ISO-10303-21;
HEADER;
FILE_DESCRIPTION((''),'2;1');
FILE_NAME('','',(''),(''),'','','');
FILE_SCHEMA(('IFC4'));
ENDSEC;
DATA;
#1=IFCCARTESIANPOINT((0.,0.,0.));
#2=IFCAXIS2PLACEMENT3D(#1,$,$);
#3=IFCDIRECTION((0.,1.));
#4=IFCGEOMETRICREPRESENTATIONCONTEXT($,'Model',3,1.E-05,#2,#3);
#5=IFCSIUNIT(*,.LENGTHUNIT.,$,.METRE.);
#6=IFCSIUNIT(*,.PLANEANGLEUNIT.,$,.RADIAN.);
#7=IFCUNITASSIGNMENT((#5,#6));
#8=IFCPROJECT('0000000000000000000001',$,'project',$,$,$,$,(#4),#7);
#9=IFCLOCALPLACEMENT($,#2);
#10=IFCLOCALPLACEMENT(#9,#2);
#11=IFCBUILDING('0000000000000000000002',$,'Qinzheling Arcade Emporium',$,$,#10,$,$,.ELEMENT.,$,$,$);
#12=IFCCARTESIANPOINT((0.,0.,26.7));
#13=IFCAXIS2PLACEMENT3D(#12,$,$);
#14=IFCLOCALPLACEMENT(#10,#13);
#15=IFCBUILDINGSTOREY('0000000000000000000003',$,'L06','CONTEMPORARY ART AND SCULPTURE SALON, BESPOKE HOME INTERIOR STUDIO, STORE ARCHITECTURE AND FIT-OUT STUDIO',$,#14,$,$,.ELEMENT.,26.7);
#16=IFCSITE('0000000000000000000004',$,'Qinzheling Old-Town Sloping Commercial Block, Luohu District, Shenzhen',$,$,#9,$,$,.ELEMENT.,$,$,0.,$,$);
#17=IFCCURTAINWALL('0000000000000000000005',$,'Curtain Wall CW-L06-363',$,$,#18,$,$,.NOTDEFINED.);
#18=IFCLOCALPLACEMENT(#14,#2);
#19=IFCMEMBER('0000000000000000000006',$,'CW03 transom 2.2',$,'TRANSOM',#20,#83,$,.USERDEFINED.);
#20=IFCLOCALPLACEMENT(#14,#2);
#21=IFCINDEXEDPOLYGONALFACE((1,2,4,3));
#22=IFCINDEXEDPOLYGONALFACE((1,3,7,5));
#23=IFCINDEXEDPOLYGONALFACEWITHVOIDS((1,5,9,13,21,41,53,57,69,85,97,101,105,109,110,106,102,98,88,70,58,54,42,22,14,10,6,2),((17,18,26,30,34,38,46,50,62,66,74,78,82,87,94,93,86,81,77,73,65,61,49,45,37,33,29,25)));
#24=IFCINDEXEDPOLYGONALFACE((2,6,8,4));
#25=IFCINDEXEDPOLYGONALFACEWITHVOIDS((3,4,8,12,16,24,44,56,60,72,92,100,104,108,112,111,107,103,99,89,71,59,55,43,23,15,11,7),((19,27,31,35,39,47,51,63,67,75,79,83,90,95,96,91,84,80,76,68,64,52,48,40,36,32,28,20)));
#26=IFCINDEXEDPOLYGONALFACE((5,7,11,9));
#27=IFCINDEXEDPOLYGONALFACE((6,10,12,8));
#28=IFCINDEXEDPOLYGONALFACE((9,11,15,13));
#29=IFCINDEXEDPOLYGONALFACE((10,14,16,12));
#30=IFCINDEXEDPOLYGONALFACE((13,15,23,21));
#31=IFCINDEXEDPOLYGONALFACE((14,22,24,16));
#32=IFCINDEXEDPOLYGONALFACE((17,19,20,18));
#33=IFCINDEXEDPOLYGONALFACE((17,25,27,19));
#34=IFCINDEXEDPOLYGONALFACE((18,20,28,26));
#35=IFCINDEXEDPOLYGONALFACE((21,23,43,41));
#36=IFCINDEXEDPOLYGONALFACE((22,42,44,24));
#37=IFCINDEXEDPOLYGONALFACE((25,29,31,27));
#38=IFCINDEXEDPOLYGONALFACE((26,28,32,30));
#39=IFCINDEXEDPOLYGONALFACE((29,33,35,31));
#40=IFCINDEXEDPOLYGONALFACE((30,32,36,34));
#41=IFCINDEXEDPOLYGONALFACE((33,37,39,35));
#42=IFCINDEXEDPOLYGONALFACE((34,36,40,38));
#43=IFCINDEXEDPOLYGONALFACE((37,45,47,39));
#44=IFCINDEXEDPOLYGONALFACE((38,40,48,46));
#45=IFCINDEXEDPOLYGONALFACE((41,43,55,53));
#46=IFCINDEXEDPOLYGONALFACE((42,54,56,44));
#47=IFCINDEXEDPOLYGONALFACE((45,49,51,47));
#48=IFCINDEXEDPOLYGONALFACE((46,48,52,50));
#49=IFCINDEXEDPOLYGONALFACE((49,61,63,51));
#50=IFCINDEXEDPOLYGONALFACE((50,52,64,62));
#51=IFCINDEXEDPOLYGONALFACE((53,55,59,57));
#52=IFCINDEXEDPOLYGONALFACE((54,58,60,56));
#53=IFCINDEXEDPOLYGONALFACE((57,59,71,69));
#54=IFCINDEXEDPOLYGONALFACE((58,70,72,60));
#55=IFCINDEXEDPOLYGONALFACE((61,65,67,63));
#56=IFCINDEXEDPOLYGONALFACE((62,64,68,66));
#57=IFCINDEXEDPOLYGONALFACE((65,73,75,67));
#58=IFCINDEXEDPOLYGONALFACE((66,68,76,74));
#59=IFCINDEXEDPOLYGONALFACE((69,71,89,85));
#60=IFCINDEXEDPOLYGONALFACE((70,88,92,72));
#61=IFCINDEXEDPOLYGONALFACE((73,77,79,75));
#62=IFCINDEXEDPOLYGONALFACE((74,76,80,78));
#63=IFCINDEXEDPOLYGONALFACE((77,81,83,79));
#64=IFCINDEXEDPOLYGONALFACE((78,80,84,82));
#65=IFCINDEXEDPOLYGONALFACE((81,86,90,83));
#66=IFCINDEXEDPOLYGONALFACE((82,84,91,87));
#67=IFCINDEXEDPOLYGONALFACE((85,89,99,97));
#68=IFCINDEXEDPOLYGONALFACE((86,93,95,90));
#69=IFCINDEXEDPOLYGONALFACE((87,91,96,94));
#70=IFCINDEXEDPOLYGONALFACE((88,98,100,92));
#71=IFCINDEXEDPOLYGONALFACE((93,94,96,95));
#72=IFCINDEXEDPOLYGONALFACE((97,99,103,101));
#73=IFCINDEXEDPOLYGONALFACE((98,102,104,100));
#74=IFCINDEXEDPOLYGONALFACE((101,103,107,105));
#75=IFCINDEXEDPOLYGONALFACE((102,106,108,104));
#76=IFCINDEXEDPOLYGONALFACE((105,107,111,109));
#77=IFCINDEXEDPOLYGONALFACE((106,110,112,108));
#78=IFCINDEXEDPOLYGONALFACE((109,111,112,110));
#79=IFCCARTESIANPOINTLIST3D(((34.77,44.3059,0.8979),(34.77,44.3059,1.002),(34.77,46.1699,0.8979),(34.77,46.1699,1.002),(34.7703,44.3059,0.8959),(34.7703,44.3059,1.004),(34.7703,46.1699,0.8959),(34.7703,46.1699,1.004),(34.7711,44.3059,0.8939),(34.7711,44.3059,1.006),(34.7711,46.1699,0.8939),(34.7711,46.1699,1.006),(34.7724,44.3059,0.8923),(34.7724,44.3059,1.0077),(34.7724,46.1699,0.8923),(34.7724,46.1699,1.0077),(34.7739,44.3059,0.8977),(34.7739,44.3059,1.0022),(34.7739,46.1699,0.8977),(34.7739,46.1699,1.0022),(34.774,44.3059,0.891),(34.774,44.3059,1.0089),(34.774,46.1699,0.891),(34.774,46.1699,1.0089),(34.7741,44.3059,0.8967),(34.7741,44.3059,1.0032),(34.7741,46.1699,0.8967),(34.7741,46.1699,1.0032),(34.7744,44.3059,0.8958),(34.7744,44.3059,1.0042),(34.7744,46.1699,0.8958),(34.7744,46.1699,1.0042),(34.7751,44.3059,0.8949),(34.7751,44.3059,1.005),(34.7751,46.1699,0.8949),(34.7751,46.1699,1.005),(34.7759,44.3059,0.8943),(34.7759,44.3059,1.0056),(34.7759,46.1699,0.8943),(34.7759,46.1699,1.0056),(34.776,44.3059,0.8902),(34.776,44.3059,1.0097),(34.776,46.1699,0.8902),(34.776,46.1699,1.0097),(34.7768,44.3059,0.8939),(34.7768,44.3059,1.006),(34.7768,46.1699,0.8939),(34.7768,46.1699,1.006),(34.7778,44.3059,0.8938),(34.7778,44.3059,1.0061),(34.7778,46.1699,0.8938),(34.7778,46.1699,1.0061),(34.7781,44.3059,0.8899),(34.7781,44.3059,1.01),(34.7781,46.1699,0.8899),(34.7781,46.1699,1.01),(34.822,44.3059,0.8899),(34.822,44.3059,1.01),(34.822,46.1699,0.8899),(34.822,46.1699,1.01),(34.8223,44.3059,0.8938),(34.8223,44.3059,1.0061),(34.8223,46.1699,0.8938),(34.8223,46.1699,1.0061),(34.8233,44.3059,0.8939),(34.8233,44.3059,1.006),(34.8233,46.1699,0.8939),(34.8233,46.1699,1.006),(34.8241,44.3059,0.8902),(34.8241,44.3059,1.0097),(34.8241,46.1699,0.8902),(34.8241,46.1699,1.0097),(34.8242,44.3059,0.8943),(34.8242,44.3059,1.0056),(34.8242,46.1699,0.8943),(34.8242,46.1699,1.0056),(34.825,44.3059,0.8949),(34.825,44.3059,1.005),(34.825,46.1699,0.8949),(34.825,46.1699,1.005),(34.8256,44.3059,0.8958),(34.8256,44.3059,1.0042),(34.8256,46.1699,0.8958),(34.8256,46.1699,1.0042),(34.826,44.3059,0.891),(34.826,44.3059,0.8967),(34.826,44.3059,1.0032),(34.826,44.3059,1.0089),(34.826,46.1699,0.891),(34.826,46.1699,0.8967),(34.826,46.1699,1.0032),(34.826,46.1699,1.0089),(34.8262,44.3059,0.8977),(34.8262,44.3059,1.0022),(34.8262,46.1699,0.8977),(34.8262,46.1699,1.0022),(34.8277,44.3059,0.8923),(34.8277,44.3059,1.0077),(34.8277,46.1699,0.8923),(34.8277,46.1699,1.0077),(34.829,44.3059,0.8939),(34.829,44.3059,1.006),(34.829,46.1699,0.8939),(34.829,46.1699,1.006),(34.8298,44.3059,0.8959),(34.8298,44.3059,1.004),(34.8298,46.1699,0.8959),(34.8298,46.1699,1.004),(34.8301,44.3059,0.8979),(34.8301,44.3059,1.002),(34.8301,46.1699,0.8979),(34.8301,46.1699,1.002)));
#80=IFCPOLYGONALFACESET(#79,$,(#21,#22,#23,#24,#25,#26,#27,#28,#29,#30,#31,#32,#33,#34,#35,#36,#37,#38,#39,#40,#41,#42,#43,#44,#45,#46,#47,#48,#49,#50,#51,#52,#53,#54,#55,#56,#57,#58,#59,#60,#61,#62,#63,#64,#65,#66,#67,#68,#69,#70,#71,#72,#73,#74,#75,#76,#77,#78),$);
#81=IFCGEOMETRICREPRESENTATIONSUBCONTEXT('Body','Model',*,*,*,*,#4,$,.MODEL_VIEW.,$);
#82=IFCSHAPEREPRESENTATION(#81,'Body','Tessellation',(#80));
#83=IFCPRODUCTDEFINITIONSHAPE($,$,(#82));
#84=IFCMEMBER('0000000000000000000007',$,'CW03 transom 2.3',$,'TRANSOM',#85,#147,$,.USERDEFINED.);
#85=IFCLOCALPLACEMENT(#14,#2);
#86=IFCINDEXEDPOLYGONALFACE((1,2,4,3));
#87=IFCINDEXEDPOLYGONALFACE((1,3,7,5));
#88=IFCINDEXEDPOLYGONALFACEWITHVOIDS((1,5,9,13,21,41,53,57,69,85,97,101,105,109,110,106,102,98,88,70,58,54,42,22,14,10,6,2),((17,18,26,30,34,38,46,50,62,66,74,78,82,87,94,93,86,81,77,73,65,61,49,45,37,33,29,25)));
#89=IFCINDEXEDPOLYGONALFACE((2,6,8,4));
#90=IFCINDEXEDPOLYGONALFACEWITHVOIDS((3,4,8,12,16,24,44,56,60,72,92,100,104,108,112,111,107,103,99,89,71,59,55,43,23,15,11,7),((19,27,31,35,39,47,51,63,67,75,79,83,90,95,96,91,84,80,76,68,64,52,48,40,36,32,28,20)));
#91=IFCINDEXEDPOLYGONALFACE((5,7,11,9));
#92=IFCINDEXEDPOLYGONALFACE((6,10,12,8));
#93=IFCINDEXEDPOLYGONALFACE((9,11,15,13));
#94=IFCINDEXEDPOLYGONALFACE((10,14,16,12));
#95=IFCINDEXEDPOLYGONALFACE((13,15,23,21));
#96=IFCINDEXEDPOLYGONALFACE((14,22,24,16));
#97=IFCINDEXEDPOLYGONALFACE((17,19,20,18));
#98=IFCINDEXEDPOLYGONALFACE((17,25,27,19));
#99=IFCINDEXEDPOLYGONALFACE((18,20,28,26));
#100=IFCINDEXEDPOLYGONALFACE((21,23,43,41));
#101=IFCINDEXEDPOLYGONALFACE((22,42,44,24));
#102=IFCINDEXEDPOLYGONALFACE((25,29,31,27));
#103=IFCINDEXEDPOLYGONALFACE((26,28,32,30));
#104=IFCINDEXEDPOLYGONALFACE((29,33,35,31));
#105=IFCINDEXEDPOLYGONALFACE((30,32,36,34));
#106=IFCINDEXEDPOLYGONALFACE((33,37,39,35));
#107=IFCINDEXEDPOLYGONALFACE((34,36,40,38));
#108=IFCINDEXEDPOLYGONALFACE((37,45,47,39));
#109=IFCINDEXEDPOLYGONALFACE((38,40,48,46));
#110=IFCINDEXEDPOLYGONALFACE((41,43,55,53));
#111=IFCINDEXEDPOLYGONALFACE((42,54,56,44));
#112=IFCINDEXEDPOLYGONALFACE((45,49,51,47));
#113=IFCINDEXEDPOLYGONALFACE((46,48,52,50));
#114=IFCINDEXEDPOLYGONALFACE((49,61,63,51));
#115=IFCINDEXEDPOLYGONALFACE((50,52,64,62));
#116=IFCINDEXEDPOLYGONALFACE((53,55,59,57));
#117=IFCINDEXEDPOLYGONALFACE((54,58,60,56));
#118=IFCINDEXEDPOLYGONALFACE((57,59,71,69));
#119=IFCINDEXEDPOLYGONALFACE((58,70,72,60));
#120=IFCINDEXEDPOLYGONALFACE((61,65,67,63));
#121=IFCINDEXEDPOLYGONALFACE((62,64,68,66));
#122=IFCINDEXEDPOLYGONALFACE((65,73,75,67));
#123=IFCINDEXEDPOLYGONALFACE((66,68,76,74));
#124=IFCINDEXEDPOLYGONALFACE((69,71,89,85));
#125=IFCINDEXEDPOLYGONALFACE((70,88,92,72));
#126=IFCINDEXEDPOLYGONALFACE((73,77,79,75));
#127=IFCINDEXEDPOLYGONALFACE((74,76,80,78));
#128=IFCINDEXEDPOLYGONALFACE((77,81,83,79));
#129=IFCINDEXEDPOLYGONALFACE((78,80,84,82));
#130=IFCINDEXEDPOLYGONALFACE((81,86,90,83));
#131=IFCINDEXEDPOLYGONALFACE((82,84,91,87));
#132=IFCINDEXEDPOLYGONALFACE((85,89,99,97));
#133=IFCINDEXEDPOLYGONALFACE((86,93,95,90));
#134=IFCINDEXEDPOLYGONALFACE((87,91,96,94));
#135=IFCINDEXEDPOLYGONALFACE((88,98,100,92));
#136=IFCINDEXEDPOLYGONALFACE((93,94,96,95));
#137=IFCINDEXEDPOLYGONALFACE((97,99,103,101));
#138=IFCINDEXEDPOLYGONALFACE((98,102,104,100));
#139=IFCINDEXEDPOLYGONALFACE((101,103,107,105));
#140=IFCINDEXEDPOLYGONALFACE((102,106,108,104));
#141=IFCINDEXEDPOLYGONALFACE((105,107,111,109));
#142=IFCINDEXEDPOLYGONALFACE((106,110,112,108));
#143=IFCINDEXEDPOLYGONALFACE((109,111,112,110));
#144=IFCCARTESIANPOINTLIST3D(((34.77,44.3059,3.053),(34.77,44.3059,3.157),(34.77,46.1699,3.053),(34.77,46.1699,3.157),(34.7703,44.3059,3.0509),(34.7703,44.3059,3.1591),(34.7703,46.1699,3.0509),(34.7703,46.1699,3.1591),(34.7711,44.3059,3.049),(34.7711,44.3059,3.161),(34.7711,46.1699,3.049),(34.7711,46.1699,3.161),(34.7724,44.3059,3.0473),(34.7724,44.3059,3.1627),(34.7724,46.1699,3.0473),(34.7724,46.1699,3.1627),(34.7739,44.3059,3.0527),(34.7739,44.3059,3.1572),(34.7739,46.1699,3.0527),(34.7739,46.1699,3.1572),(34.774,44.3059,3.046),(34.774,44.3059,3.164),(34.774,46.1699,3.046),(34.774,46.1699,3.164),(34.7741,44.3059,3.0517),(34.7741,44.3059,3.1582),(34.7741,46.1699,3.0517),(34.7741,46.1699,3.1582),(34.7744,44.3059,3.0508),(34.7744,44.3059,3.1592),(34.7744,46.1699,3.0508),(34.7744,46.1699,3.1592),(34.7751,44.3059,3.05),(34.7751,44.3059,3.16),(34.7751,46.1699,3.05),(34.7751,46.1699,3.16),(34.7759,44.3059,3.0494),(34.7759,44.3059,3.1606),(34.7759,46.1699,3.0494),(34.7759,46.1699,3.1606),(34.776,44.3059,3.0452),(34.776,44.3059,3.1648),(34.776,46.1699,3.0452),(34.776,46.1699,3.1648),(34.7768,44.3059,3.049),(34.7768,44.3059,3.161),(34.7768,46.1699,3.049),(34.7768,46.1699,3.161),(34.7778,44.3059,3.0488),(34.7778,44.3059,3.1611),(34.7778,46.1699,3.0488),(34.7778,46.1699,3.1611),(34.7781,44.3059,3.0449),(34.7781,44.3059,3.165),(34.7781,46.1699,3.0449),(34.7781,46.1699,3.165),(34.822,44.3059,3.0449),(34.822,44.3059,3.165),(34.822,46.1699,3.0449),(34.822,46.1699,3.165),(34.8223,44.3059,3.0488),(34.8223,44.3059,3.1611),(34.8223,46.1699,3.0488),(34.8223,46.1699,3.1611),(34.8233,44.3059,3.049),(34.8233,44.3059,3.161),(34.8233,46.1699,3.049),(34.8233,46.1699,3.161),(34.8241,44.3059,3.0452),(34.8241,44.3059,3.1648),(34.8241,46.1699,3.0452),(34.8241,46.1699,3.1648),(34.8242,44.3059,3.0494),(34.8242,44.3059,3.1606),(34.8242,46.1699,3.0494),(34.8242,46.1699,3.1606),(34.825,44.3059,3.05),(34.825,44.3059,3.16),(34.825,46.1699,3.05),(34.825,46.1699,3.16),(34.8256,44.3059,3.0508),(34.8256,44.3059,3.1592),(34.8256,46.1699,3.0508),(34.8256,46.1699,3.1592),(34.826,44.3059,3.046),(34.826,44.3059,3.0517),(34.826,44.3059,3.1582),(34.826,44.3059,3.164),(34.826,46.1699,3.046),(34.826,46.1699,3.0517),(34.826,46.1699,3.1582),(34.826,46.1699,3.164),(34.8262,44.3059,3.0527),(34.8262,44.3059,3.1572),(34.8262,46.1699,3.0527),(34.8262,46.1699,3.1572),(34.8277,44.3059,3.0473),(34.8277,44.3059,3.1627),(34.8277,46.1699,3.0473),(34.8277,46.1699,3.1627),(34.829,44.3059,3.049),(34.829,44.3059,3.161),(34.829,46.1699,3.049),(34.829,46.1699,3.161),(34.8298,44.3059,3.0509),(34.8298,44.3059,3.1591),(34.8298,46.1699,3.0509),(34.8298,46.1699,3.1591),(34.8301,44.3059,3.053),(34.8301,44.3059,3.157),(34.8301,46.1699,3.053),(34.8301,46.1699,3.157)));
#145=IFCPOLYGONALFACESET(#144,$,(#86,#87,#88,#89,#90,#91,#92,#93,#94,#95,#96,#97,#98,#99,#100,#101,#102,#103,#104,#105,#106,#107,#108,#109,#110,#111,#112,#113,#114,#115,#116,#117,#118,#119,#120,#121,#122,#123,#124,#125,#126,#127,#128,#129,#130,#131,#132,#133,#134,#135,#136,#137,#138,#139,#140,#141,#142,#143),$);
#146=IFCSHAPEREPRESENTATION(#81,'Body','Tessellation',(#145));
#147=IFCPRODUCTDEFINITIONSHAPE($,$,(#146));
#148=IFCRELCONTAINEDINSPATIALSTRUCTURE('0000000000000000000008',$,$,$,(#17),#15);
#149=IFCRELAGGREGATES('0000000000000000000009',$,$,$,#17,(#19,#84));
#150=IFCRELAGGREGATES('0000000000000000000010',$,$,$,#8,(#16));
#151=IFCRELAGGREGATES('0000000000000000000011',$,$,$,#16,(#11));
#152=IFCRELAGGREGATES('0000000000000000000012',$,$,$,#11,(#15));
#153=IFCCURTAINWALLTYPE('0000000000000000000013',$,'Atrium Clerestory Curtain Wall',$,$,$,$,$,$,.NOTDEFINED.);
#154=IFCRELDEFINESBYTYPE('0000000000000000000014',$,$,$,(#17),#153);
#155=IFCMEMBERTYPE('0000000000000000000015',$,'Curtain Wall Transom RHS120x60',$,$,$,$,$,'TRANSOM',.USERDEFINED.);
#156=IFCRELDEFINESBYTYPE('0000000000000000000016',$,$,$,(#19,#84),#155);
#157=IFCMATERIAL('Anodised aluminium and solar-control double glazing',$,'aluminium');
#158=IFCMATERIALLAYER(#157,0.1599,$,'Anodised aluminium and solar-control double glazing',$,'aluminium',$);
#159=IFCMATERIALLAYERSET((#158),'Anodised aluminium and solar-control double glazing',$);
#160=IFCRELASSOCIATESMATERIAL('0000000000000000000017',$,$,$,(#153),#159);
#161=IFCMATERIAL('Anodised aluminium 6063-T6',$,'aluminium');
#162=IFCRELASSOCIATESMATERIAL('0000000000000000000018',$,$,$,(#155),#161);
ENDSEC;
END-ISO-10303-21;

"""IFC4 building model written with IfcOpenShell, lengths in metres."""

from ifc_helpers import new_model, si_unit, direction, frame, origin, origin_2d, place, context, subcontext, project, spatial, hollow_rectangle, extrude, material, layer, layer_set, material_profile, profile_set, type_object, element, aggregate, save


model = new_model("IFC4")

# Units and contexts
model_context = context("Model", 3, precision=1e-05, world=origin(), true_north=direction((0.0, 1.0)))
body_context = subcontext(model_context, "Body", "Model", "MODEL_VIEW")
ifc_project = project(units=[si_unit("LENGTHUNIT", "METRE"), si_unit("PLANEANGLEUNIT", "RADIAN")], contexts=[model_context])

# Site, building, storey
site_placement = place(None, origin())
site = spatial("IfcSite", under=ifc_project, at=site_placement, Name="Qinzheling Old-Town Sloping Commercial Block, Luohu District, Shenzhen", CompositionType="ELEMENT", RefElevation=0.0)
building_placement = place(site_placement, origin())
building = spatial("IfcBuilding", under=site, at=building_placement, Name="Qinzheling Arcade Emporium", CompositionType="ELEMENT")
storey_placement = place(building_placement, frame((0.0, 0.0, 26.7)))
storey = spatial("IfcBuildingStorey", under=building, at=storey_placement, Name="L06", Description="CONTEMPORARY ART AND SCULPTURE SALON, BESPOKE HOME INTERIOR STUDIO, STORE ARCHITECTURE AND FIT-OUT STUDIO", CompositionType="ELEMENT", Elevation=26.7)

# Curtain wall, members
ifc_material_1 = material(Name="Anodised aluminium and solar-control double glazing", Category="aluminium")
ifc_layer_1 = layer(ifc_material_1, 0.1599, Name="Anodised aluminium and solar-control double glazing", Category="aluminium")
ifc_layer_set_1 = layer_set([ifc_layer_1], Name="Anodised aluminium and solar-control double glazing")
curtain_wall_type = type_object("IfcCurtainWallType", Name="Atrium Clerestory Curtain Wall", PredefinedType="NOTDEFINED", material=ifc_layer_set_1)
curtain_wall_placement = place(storey_placement, origin())
curtain_wall = element("IfcCurtainWall", 1, at=curtain_wall_placement, inside=storey, type_object=curtain_wall_type, Name="Curtain Wall CW-L06-363", PredefinedType="NOTDEFINED")
ifc_material_2 = material(Name="Anodised aluminium 6063-T6", Category="aluminium")
ifc_material_profile_1 = material_profile(ifc_material_2, hollow_rectangle(XDim=0.0601, YDim=0.1201, WallThickness=0.0039, InnerFilletRadius=0.0039, OuterFilletRadius=0.0081, at=origin_2d()), Name="RHS 120x60x4", Category="aluminium")
ifc_profile_set_1 = profile_set([ifc_material_profile_1], Name="Anodised aluminium 6063-T6")
member_type_1 = type_object("IfcMemberType", Name="Curtain Wall Transom RHS120x60", ElementType="TRANSOM", PredefinedType="USERDEFINED", material=ifc_profile_set_1)
member_1_placement = place(storey_placement, frame((34.8, 44.3059, 0.95), z_axis=(0.0, 1.0, 0.0), x_axis=(-1.0, 0.0, 0.0)))
member_1 = element("IfcMember", 2, at=member_1_placement, type_object=member_type_1, Name="CW03 transom 2.2", ObjectType="TRANSOM", PredefinedType="USERDEFINED", context=body_context, shape_type="SweptSolid", body=[
    extrude(hollow_rectangle(XDim=0.0601, YDim=0.1201, WallThickness=0.0039, InnerFilletRadius=0.0039, OuterFilletRadius=0.0081, at=origin_2d()), origin(), (0.0, 0.0, 1.0), 1.864),
])
member_2_placement = place(storey_placement, frame((34.8, 44.3059, 3.105), z_axis=(0.0, 1.0, 0.0), x_axis=(-1.0, 0.0, 0.0)))
member_2 = element("IfcMember", 3, at=member_2_placement, type_object=member_type_1, Name="CW03 transom 2.3", ObjectType="TRANSOM", PredefinedType="USERDEFINED", context=body_context, shape_type="SweptSolid", body=[
    extrude(hollow_rectangle(XDim=0.0601, YDim=0.1201, WallThickness=0.0039, InnerFilletRadius=0.0039, OuterFilletRadius=0.0081, at=origin_2d()), origin(), (0.0, 0.0, 1.0), 1.864),
])
aggregate(curtain_wall, [member_1, member_2])

save(model, "model.ifc")
